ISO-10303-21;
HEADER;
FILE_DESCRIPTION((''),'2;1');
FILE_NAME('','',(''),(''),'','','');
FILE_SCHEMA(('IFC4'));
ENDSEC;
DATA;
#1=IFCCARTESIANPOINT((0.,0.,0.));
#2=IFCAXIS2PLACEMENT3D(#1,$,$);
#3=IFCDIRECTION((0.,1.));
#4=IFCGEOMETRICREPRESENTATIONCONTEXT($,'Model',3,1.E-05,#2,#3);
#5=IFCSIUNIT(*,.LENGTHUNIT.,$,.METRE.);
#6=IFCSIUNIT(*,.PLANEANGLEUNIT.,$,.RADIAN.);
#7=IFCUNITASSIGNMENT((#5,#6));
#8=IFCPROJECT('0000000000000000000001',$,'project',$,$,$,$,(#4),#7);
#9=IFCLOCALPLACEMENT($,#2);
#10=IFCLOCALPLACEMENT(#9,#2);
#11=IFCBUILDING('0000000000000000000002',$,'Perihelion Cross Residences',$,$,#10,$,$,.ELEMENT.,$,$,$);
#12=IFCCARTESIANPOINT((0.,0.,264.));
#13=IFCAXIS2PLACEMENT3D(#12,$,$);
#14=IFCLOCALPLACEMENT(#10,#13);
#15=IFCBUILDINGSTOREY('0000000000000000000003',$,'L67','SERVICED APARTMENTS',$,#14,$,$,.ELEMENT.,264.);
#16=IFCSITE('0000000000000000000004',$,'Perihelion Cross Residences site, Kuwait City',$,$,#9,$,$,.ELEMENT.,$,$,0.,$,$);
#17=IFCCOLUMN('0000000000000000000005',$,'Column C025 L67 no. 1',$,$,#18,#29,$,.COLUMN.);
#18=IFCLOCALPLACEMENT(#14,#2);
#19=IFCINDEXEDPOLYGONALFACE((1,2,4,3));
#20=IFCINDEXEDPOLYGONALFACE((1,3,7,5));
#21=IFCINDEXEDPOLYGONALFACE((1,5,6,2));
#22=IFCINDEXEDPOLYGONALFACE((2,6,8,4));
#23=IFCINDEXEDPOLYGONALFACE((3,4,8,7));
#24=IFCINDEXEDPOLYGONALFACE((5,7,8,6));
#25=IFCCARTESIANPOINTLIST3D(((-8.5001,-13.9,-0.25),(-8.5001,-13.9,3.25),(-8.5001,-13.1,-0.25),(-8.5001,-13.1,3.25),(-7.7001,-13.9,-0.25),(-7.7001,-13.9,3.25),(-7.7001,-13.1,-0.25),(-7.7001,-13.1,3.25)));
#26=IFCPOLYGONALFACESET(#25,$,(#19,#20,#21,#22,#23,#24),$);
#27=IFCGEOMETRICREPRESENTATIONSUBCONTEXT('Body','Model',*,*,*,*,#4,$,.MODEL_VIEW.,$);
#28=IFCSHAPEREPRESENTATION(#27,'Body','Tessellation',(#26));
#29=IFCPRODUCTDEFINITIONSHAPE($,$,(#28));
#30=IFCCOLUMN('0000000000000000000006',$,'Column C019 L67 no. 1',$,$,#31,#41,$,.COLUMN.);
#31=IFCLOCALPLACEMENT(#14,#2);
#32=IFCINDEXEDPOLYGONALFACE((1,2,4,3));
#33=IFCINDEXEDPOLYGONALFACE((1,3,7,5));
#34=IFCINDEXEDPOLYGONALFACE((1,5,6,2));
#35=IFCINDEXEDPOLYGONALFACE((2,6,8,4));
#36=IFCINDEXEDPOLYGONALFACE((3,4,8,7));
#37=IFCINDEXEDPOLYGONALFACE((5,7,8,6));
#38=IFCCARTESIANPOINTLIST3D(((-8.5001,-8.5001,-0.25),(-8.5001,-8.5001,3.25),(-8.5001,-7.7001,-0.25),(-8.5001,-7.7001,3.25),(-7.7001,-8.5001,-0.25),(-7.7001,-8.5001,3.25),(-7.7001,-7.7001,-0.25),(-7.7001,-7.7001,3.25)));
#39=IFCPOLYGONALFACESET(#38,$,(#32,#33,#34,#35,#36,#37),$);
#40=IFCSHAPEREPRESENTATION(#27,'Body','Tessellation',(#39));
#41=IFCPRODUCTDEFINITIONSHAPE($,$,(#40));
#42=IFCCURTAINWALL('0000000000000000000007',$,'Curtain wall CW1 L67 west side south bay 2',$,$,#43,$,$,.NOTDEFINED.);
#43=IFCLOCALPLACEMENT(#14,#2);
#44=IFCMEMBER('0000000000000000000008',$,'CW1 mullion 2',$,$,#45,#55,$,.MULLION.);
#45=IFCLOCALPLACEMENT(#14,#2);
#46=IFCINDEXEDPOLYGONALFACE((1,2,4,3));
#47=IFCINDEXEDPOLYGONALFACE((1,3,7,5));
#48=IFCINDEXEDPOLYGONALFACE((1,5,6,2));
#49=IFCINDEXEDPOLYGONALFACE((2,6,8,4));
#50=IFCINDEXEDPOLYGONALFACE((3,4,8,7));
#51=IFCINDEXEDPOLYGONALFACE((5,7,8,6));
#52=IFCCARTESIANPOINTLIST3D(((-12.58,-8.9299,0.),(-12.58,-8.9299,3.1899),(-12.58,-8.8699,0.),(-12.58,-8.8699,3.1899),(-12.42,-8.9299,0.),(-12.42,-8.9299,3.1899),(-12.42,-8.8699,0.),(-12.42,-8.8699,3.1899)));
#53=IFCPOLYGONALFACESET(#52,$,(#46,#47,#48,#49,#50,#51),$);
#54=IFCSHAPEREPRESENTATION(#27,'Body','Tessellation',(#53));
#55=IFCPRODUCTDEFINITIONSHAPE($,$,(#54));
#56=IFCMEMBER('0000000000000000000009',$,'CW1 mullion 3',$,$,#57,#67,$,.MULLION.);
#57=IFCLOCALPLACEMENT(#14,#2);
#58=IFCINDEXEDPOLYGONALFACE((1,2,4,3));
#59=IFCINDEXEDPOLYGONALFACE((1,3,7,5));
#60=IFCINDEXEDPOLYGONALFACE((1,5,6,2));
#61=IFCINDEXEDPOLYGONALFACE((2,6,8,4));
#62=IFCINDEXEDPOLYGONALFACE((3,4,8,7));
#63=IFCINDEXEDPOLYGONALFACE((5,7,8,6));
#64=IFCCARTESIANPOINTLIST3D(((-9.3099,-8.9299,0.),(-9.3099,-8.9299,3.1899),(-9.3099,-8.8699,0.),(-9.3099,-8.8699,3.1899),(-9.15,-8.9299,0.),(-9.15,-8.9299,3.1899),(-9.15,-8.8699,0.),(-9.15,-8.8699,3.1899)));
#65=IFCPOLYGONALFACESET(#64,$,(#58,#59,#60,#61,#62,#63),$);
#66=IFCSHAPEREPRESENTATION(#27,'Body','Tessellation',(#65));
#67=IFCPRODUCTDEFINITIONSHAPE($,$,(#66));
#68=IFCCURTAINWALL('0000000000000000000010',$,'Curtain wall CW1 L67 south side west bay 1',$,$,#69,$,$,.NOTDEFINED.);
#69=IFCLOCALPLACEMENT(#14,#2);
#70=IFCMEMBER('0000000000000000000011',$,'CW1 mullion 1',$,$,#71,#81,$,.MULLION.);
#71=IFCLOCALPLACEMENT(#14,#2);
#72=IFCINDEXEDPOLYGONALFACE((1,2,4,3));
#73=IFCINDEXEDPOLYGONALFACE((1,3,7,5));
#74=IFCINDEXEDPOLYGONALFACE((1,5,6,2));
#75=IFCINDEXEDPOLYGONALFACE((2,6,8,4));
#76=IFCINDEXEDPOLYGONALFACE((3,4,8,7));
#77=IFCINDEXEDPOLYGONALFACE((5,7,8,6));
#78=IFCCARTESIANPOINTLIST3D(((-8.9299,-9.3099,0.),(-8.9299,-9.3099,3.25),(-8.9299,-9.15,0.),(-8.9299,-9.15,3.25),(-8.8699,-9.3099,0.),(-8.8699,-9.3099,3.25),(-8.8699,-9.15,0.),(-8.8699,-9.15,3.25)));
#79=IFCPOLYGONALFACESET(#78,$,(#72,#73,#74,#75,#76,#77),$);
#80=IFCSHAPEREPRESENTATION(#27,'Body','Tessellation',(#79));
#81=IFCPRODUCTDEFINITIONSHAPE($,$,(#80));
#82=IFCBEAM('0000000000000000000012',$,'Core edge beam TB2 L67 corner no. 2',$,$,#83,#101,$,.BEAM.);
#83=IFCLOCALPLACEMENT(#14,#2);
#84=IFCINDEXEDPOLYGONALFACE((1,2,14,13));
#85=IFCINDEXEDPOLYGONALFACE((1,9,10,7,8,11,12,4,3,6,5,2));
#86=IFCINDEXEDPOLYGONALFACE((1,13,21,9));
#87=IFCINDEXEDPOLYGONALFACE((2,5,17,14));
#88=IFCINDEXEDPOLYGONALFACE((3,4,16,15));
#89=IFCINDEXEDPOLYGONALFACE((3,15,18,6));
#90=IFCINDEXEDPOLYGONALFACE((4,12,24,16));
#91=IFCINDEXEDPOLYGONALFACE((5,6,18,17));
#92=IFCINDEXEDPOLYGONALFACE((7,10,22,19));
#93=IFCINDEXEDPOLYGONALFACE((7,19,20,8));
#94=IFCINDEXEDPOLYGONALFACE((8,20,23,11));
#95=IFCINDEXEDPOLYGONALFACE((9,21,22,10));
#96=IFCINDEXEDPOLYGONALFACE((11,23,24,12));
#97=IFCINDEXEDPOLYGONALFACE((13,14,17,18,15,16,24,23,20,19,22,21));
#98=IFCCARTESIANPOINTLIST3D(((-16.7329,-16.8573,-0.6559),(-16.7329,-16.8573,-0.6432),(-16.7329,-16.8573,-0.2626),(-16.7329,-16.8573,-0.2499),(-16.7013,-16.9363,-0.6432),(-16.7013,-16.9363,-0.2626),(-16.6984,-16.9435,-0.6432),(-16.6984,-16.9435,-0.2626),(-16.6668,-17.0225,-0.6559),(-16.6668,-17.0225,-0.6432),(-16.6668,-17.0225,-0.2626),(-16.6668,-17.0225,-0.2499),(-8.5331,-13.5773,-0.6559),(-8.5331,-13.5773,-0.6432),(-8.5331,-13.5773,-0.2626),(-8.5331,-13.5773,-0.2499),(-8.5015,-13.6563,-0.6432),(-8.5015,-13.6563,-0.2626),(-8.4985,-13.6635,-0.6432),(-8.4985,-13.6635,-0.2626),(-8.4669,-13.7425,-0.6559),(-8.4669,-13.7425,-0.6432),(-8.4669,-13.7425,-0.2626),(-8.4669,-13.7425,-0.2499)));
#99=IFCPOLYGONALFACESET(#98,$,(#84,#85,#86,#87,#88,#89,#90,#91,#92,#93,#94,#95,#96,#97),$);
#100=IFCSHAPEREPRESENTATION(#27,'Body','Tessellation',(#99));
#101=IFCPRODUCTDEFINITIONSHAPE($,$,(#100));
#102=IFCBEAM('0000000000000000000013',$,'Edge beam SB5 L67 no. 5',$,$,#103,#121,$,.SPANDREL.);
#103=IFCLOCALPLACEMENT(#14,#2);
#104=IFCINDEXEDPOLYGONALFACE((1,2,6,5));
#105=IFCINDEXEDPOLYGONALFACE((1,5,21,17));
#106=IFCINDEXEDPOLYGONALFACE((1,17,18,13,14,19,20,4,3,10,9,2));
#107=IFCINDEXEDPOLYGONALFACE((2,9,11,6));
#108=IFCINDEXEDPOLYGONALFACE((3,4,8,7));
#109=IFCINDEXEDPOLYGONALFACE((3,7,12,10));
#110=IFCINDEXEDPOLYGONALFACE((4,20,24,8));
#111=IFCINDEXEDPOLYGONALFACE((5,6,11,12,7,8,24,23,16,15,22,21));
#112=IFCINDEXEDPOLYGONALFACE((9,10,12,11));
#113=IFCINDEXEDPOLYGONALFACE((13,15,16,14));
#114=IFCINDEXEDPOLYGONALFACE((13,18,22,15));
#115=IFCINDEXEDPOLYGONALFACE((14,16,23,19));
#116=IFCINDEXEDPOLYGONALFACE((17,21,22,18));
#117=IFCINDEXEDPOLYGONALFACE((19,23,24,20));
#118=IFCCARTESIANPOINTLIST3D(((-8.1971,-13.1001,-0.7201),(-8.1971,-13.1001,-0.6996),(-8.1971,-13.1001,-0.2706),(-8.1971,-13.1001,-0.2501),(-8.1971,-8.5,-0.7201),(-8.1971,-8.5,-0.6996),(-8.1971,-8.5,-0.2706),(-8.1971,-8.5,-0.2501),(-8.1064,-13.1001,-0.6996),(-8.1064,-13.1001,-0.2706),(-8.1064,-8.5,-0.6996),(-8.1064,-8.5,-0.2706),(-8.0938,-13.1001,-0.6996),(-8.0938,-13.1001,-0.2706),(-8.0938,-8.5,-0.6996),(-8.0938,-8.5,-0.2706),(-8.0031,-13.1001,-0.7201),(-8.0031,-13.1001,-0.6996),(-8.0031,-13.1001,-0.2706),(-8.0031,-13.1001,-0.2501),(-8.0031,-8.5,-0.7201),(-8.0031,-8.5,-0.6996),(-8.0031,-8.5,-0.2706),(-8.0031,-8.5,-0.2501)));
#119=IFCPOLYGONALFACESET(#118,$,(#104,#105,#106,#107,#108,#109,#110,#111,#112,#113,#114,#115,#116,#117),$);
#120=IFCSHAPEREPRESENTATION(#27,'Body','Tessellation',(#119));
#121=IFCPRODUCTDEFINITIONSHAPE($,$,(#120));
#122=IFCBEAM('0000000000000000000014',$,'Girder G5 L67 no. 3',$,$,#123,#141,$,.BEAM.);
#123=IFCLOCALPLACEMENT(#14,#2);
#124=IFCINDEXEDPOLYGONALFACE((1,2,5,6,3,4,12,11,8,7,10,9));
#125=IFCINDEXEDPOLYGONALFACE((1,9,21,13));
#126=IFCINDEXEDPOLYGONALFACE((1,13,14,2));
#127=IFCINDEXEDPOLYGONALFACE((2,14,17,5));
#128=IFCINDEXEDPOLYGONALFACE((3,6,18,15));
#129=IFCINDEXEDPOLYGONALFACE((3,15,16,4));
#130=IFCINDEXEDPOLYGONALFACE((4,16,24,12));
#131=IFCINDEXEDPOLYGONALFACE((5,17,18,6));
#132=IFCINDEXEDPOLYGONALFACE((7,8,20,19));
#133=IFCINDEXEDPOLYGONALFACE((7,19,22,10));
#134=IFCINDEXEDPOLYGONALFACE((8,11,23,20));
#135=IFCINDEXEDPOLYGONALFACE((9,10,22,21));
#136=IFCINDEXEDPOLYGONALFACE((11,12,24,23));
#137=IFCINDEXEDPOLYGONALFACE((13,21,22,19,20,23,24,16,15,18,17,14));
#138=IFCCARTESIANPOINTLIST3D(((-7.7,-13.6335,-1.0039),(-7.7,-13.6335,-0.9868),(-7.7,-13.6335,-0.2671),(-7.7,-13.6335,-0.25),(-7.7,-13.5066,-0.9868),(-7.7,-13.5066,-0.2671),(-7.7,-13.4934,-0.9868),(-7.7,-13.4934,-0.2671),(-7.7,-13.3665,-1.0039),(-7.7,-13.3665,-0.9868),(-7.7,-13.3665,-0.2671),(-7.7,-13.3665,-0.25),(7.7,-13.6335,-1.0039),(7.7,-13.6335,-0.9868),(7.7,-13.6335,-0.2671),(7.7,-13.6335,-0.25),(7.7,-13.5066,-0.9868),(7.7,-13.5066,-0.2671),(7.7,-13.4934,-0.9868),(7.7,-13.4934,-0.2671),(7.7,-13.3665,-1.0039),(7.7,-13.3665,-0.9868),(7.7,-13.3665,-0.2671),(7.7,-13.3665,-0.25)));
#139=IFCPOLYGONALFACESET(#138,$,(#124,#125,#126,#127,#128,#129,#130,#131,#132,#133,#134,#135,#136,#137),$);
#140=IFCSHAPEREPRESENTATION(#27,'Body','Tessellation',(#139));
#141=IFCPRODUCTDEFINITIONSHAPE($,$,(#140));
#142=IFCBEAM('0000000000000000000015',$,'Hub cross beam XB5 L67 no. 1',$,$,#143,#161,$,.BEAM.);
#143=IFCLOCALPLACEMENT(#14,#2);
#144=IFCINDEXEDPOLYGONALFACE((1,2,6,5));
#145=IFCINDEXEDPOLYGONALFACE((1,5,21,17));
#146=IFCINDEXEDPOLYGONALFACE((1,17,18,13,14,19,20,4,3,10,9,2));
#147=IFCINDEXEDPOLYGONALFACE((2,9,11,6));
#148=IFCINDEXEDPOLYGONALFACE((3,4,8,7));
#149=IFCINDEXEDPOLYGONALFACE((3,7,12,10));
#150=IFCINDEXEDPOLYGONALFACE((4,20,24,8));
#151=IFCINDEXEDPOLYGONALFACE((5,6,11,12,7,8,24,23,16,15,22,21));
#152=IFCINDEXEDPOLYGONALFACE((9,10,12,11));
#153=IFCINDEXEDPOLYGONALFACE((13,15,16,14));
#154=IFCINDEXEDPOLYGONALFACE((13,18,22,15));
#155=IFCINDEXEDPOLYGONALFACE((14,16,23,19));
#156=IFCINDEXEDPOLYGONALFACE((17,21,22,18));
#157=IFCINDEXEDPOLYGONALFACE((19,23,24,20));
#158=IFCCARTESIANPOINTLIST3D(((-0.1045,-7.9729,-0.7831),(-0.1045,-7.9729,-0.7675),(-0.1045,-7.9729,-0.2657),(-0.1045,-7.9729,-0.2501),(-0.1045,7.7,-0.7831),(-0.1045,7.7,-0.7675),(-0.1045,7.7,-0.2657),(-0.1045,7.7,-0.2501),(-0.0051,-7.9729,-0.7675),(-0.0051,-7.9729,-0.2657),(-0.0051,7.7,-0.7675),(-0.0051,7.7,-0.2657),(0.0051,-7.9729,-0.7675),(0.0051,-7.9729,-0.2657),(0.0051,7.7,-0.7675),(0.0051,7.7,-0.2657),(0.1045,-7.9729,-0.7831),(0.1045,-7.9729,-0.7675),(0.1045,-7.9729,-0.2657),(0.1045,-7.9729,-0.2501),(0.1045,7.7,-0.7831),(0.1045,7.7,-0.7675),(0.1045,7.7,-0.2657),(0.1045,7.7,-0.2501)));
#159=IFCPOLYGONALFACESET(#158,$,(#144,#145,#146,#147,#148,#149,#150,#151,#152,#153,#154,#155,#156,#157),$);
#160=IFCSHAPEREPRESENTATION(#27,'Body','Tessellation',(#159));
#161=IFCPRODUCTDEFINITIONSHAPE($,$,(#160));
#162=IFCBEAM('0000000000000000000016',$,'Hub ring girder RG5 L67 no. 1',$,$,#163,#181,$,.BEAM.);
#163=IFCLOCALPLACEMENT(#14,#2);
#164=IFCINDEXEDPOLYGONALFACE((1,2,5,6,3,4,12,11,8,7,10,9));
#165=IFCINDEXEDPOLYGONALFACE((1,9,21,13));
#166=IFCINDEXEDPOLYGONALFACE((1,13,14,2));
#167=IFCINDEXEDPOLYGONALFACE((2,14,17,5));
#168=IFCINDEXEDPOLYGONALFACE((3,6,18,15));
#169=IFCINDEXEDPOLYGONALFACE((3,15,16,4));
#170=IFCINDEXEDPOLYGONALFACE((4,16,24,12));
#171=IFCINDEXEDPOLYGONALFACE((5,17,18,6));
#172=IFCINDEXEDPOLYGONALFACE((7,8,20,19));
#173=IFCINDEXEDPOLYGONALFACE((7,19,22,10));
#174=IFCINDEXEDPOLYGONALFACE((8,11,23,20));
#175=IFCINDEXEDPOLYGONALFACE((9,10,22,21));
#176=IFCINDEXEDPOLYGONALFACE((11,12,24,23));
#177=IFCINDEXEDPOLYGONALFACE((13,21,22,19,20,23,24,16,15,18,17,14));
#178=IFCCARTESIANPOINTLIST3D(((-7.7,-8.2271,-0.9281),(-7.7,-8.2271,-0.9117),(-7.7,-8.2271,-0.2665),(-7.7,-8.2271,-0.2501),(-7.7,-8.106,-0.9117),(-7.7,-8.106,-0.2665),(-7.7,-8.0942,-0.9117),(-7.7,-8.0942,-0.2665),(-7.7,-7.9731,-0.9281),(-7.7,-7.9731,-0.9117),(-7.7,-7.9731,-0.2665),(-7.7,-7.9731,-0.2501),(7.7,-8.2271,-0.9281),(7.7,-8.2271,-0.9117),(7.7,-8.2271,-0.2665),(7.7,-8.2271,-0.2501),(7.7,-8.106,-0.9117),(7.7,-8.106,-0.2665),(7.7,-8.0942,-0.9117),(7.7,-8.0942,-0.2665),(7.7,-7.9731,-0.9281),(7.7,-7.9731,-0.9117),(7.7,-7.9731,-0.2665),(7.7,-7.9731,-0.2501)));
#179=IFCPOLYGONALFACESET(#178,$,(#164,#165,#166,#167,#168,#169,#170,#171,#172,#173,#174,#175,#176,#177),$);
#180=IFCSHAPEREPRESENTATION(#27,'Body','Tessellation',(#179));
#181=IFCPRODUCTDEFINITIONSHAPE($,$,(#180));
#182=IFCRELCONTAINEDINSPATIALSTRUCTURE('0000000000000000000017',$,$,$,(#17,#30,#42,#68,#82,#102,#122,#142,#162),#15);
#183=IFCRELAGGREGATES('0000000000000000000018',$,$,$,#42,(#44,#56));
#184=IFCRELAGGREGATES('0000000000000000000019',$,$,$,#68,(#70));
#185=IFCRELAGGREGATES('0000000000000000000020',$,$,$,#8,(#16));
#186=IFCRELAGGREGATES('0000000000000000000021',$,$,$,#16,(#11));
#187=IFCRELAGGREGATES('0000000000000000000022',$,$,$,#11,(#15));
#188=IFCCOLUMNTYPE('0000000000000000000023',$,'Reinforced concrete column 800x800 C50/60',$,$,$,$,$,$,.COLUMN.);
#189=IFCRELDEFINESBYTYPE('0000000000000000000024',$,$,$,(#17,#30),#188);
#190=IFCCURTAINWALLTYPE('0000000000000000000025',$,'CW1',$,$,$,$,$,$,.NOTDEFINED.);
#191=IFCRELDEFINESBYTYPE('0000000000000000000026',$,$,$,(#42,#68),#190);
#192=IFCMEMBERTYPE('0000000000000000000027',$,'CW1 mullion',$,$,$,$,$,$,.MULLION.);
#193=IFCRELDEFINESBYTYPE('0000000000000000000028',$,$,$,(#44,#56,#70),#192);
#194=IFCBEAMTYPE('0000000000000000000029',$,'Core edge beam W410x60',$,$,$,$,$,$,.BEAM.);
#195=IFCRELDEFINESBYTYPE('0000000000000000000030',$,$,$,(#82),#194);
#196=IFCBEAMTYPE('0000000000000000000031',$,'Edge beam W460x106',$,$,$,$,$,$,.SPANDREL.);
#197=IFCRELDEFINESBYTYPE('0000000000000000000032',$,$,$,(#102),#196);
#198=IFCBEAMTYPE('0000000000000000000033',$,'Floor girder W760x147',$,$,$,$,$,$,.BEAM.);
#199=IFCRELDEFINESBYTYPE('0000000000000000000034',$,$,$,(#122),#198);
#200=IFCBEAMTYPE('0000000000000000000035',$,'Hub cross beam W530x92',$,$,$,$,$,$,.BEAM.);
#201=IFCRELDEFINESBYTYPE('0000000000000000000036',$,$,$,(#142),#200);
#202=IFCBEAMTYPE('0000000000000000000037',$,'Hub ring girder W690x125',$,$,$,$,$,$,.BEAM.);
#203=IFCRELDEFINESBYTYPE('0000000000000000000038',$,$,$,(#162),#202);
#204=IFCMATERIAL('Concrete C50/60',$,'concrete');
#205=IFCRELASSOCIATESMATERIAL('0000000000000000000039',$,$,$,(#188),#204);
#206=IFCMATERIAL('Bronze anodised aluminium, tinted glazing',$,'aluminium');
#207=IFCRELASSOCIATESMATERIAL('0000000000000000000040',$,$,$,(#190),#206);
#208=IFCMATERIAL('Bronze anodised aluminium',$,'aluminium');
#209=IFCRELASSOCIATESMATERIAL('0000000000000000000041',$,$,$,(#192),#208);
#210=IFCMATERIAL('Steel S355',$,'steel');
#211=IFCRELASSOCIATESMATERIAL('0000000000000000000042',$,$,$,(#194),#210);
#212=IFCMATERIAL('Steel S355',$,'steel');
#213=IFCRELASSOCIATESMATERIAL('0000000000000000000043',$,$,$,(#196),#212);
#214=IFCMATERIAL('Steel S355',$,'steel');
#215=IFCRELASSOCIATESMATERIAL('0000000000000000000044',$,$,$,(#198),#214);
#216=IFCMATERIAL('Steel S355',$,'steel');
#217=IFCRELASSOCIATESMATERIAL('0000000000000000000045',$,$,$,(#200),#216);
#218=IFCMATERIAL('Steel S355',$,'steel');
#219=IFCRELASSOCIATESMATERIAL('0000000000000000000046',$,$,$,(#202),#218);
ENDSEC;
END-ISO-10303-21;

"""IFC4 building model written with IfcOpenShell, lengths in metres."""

from ifc_helpers import new_model, si_unit, direction, frame, origin, origin_2d, place, context, subcontext, project, spatial, rectangle, i_section, extrude, material, material_profile, profile_set, type_object, element, aggregate, save


model = new_model("IFC4")

# Units and contexts
model_context = context("Model", 3, precision=1e-05, world=origin(), true_north=direction((0.0, 1.0)))
body_context = subcontext(model_context, "Body", "Model", "MODEL_VIEW")
ifc_project = project(units=[si_unit("LENGTHUNIT", "METRE"), si_unit("PLANEANGLEUNIT", "RADIAN")], contexts=[model_context])

# Site, building, storey
site_placement = place(None, origin())
site = spatial("IfcSite", under=ifc_project, at=site_placement, Name="Perihelion Cross Residences site, Kuwait City", CompositionType="ELEMENT", RefElevation=0.0)
building_placement = place(site_placement, origin())
building = spatial("IfcBuilding", under=site, at=building_placement, Name="Perihelion Cross Residences", CompositionType="ELEMENT")
storey_placement = place(building_placement, frame((0.0, 0.0, 264.0)))
storey = spatial("IfcBuildingStorey", under=building, at=storey_placement, Name="L67", Description="SERVICED APARTMENTS", CompositionType="ELEMENT", Elevation=264.0)

# Columns
ifc_material_1 = material(Name="Concrete C50/60", Category="concrete")
ifc_material_profile_1 = material_profile(ifc_material_1, rectangle(XDim=0.8, YDim=0.8, at=origin_2d()), Name="RC 800x800")
ifc_profile_set_1 = profile_set([ifc_material_profile_1], Name="Concrete C50/60")
column_type = type_object("IfcColumnType", Name="Reinforced concrete column 800x800 C50/60", PredefinedType="COLUMN", material=ifc_profile_set_1)
for number, where, z_axis, x_axis, name in (
    (1, (-8.1001, -13.5, -0.25), (0.0, 0.0, 1.0), (1.0, 0.0, 0.0), "Column C025 L67 no. 1"),
    (2, (-8.1001, -8.1001, -0.25), (0.0, 0.0, 1.0), (1.0, 0.0, 0.0), "Column C019 L67 no. 1"),
):
    element("IfcColumn", number, at=place(storey_placement, frame(where, z_axis=z_axis, x_axis=x_axis)), inside=storey, type_object=column_type, Name=name, PredefinedType="COLUMN", context=body_context, shape_type="SweptSolid", body=[
        extrude(rectangle(XDim=0.8, YDim=0.8, at=origin_2d()), origin(), (0.0, 0.0, 1.0), 3.5),
    ])

# Curtain wall, members
ifc_material_2 = material(Name="Bronze anodised aluminium, tinted glazing", Category="aluminium")
curtain_wall_type = type_object("IfcCurtainWallType", Name="CW1", PredefinedType="NOTDEFINED", material=ifc_material_2)
curtain_wall_1_placement = place(storey_placement, origin())
curtain_wall_1 = element("IfcCurtainWall", 3, at=curtain_wall_1_placement, inside=storey, type_object=curtain_wall_type, Name="Curtain wall CW1 L67 west side south bay 2", PredefinedType="NOTDEFINED")
ifc_material_3 = material(Name="Bronze anodised aluminium", Category="aluminium")
ifc_material_profile_2 = material_profile(ifc_material_3, rectangle(XDim=0.0601, YDim=0.1599, at=origin_2d()), Name="CW1 mullion")
ifc_profile_set_2 = profile_set([ifc_material_profile_2], Name="Bronze anodised aluminium")
member_type = type_object("IfcMemberType", Name="CW1 mullion", PredefinedType="MULLION", material=ifc_profile_set_2)
member_1_placement = place(storey_placement, frame((-12.5, -8.8999, 0.0), z_axis=(0.0, 0.0, 1.0), x_axis=(0.0, 1.0, 0.0)))
member_1 = element("IfcMember", 4, at=member_1_placement, type_object=member_type, Name="CW1 mullion 2", PredefinedType="MULLION", context=body_context, shape_type="SweptSolid", body=[
    extrude(rectangle(XDim=0.0601, YDim=0.1599, at=origin_2d()), origin(), (0.0, 0.0, 1.0), 3.1899),
])
member_2_placement = place(storey_placement, frame((-9.23, -8.8999, 0.0), z_axis=(0.0, 0.0, 1.0), x_axis=(0.0, 1.0, 0.0)))
member_2 = element("IfcMember", 5, at=member_2_placement, type_object=member_type, Name="CW1 mullion 3", PredefinedType="MULLION", context=body_context, shape_type="SweptSolid", body=[
    extrude(rectangle(XDim=0.0601, YDim=0.1599, at=origin_2d()), origin(), (0.0, 0.0, 1.0), 3.1899),
])

# Curtain wall, member
curtain_wall_2_placement = place(storey_placement, origin())
curtain_wall_2 = element("IfcCurtainWall", 6, at=curtain_wall_2_placement, inside=storey, type_object=curtain_wall_type, Name="Curtain wall CW1 L67 south side west bay 1", PredefinedType="NOTDEFINED")
member_3_placement = place(storey_placement, frame((-8.8999, -9.23, 0.0), z_axis=(0.0, 0.0, 1.0), x_axis=(1.0, 0.0, 0.0)))
member_3 = element("IfcMember", 7, at=member_3_placement, type_object=member_type, Name="CW1 mullion 1", PredefinedType="MULLION", context=body_context, shape_type="SweptSolid", body=[
    extrude(rectangle(XDim=0.0601, YDim=0.1599, at=origin_2d()), origin(), (0.0, 0.0, 1.0), 3.25),
])

# Beams
ifc_material_4 = material(Name="Steel S355", Category="steel")
ifc_material_profile_3 = material_profile(ifc_material_4, i_section(OverallWidth=0.178, OverallDepth=0.406, WebThickness=0.0078, FlangeThickness=0.0127, at=origin_2d()), Name="W410x60")
ifc_profile_set_3 = profile_set([ifc_material_profile_3], Name="Steel S355")
beam_type_1 = type_object("IfcBeamType", Name="Core edge beam W410x60", PredefinedType="BEAM", material=ifc_profile_set_3)
beam_1_placement = place(storey_placement, frame((-8.5, -13.6599, -0.4529), z_axis=(-0.928475, -0.371395, 0.0), x_axis=(0.371395, -0.928475, 0.0)))
element("IfcBeam", 8, at=beam_1_placement, inside=storey, type_object=beam_type_1, Name="Core edge beam TB2 L67 corner no. 2", PredefinedType="BEAM", context=body_context, shape_type="SweptSolid", body=[
    extrude(i_section(OverallWidth=0.178, OverallDepth=0.406, WebThickness=0.0078, FlangeThickness=0.0127, at=origin_2d()), origin(), (0.0, 0.0, 1.0), 8.8315),
])
ifc_material_5 = material(Name="Steel S355", Category="steel")
ifc_material_profile_4 = material_profile(ifc_material_5, i_section(OverallWidth=0.1941, OverallDepth=0.47, WebThickness=0.0127, FlangeThickness=0.0205, at=origin_2d()), Name="W460x106")
ifc_profile_set_4 = profile_set([ifc_material_profile_4], Name="Steel S355")
beam_type_2 = type_object("IfcBeamType", Name="Edge beam W460x106", PredefinedType="SPANDREL", material=ifc_profile_set_4)
beam_2_placement = place(storey_placement, frame((-8.1001, -8.5, -0.4851), z_axis=(0.0, -1.0, 0.0), x_axis=(1.0, 0.0, 0.0)))
element("IfcBeam", 9, at=beam_2_placement, inside=storey, type_object=beam_type_2, Name="Edge beam SB5 L67 no. 5", PredefinedType="SPANDREL", context=body_context, shape_type="SweptSolid", body=[
    extrude(i_section(OverallWidth=0.1941, OverallDepth=0.47, WebThickness=0.0127, FlangeThickness=0.0205, at=origin_2d()), origin(), (0.0, 0.0, 1.0), 4.6001),
])
ifc_material_6 = material(Name="Steel S355", Category="steel")
ifc_material_profile_5 = material_profile(ifc_material_6, i_section(OverallWidth=0.2671, OverallDepth=0.7539, WebThickness=0.0132, FlangeThickness=0.0171, at=origin_2d()), Name="W760x147")
ifc_profile_set_5 = profile_set([ifc_material_profile_5], Name="Steel S355")
beam_type_3 = type_object("IfcBeamType", Name="Floor girder W760x147", PredefinedType="BEAM", material=ifc_profile_set_5)
beam_3_placement = place(storey_placement, frame((-7.7, -13.5, -0.627), z_axis=(1.0, 0.0, 0.0), x_axis=(0.0, 1.0, 0.0)))
element("IfcBeam", 10, at=beam_3_placement, inside=storey, type_object=beam_type_3, Name="Girder G5 L67 no. 3", PredefinedType="BEAM", context=body_context, shape_type="SweptSolid", body=[
    extrude(i_section(OverallWidth=0.2671, OverallDepth=0.7539, WebThickness=0.0132, FlangeThickness=0.0171, at=origin_2d()), origin(), (0.0, 0.0, 1.0), 15.3999),
])
ifc_material_7 = material(Name="Steel S355", Category="steel")
ifc_material_profile_6 = material_profile(ifc_material_7, i_section(OverallWidth=0.209, OverallDepth=0.533, WebThickness=0.0103, FlangeThickness=0.0156, at=origin_2d()), Name="W530x92")
ifc_profile_set_6 = profile_set([ifc_material_profile_6], Name="Steel S355")
beam_type_4 = type_object("IfcBeamType", Name="Hub cross beam W530x92", PredefinedType="BEAM", material=ifc_profile_set_6)
beam_4_placement = place(storey_placement, frame((0.0, -7.9729, -0.5166), z_axis=(0.0, 1.0, 0.0), x_axis=(-1.0, 0.0, 0.0)))
element("IfcBeam", 11, at=beam_4_placement, inside=storey, type_object=beam_type_4, Name="Hub cross beam XB5 L67 no. 1", PredefinedType="BEAM", context=body_context, shape_type="SweptSolid", body=[
    extrude(i_section(OverallWidth=0.209, OverallDepth=0.533, WebThickness=0.0103, FlangeThickness=0.0156, at=origin_2d()), origin(), (0.0, 0.0, 1.0), 15.6729),
])
ifc_material_8 = material(Name="Steel S355", Category="steel")
ifc_material_profile_7 = material_profile(ifc_material_8, i_section(OverallWidth=0.2539, OverallDepth=0.678, WebThickness=0.0117, FlangeThickness=0.0164, at=origin_2d()), Name="W690x125")
ifc_profile_set_7 = profile_set([ifc_material_profile_7], Name="Steel S355")
beam_type_5 = type_object("IfcBeamType", Name="Hub ring girder W690x125", PredefinedType="BEAM", material=ifc_profile_set_7)
beam_5_placement = place(storey_placement, frame((-7.7, -8.1001, -0.5891), z_axis=(1.0, 0.0, 0.0), x_axis=(0.0, 1.0, 0.0)))
element("IfcBeam", 12, at=beam_5_placement, inside=storey, type_object=beam_type_5, Name="Hub ring girder RG5 L67 no. 1", PredefinedType="BEAM", context=body_context, shape_type="SweptSolid", body=[
    extrude(i_section(OverallWidth=0.2539, OverallDepth=0.678, WebThickness=0.0117, FlangeThickness=0.0164, at=origin_2d()), origin(), (0.0, 0.0, 1.0), 15.3999),
])

aggregate(curtain_wall_1, [member_1, member_2])
aggregate(curtain_wall_2, [member_3])

save(model, "model.ifc")
